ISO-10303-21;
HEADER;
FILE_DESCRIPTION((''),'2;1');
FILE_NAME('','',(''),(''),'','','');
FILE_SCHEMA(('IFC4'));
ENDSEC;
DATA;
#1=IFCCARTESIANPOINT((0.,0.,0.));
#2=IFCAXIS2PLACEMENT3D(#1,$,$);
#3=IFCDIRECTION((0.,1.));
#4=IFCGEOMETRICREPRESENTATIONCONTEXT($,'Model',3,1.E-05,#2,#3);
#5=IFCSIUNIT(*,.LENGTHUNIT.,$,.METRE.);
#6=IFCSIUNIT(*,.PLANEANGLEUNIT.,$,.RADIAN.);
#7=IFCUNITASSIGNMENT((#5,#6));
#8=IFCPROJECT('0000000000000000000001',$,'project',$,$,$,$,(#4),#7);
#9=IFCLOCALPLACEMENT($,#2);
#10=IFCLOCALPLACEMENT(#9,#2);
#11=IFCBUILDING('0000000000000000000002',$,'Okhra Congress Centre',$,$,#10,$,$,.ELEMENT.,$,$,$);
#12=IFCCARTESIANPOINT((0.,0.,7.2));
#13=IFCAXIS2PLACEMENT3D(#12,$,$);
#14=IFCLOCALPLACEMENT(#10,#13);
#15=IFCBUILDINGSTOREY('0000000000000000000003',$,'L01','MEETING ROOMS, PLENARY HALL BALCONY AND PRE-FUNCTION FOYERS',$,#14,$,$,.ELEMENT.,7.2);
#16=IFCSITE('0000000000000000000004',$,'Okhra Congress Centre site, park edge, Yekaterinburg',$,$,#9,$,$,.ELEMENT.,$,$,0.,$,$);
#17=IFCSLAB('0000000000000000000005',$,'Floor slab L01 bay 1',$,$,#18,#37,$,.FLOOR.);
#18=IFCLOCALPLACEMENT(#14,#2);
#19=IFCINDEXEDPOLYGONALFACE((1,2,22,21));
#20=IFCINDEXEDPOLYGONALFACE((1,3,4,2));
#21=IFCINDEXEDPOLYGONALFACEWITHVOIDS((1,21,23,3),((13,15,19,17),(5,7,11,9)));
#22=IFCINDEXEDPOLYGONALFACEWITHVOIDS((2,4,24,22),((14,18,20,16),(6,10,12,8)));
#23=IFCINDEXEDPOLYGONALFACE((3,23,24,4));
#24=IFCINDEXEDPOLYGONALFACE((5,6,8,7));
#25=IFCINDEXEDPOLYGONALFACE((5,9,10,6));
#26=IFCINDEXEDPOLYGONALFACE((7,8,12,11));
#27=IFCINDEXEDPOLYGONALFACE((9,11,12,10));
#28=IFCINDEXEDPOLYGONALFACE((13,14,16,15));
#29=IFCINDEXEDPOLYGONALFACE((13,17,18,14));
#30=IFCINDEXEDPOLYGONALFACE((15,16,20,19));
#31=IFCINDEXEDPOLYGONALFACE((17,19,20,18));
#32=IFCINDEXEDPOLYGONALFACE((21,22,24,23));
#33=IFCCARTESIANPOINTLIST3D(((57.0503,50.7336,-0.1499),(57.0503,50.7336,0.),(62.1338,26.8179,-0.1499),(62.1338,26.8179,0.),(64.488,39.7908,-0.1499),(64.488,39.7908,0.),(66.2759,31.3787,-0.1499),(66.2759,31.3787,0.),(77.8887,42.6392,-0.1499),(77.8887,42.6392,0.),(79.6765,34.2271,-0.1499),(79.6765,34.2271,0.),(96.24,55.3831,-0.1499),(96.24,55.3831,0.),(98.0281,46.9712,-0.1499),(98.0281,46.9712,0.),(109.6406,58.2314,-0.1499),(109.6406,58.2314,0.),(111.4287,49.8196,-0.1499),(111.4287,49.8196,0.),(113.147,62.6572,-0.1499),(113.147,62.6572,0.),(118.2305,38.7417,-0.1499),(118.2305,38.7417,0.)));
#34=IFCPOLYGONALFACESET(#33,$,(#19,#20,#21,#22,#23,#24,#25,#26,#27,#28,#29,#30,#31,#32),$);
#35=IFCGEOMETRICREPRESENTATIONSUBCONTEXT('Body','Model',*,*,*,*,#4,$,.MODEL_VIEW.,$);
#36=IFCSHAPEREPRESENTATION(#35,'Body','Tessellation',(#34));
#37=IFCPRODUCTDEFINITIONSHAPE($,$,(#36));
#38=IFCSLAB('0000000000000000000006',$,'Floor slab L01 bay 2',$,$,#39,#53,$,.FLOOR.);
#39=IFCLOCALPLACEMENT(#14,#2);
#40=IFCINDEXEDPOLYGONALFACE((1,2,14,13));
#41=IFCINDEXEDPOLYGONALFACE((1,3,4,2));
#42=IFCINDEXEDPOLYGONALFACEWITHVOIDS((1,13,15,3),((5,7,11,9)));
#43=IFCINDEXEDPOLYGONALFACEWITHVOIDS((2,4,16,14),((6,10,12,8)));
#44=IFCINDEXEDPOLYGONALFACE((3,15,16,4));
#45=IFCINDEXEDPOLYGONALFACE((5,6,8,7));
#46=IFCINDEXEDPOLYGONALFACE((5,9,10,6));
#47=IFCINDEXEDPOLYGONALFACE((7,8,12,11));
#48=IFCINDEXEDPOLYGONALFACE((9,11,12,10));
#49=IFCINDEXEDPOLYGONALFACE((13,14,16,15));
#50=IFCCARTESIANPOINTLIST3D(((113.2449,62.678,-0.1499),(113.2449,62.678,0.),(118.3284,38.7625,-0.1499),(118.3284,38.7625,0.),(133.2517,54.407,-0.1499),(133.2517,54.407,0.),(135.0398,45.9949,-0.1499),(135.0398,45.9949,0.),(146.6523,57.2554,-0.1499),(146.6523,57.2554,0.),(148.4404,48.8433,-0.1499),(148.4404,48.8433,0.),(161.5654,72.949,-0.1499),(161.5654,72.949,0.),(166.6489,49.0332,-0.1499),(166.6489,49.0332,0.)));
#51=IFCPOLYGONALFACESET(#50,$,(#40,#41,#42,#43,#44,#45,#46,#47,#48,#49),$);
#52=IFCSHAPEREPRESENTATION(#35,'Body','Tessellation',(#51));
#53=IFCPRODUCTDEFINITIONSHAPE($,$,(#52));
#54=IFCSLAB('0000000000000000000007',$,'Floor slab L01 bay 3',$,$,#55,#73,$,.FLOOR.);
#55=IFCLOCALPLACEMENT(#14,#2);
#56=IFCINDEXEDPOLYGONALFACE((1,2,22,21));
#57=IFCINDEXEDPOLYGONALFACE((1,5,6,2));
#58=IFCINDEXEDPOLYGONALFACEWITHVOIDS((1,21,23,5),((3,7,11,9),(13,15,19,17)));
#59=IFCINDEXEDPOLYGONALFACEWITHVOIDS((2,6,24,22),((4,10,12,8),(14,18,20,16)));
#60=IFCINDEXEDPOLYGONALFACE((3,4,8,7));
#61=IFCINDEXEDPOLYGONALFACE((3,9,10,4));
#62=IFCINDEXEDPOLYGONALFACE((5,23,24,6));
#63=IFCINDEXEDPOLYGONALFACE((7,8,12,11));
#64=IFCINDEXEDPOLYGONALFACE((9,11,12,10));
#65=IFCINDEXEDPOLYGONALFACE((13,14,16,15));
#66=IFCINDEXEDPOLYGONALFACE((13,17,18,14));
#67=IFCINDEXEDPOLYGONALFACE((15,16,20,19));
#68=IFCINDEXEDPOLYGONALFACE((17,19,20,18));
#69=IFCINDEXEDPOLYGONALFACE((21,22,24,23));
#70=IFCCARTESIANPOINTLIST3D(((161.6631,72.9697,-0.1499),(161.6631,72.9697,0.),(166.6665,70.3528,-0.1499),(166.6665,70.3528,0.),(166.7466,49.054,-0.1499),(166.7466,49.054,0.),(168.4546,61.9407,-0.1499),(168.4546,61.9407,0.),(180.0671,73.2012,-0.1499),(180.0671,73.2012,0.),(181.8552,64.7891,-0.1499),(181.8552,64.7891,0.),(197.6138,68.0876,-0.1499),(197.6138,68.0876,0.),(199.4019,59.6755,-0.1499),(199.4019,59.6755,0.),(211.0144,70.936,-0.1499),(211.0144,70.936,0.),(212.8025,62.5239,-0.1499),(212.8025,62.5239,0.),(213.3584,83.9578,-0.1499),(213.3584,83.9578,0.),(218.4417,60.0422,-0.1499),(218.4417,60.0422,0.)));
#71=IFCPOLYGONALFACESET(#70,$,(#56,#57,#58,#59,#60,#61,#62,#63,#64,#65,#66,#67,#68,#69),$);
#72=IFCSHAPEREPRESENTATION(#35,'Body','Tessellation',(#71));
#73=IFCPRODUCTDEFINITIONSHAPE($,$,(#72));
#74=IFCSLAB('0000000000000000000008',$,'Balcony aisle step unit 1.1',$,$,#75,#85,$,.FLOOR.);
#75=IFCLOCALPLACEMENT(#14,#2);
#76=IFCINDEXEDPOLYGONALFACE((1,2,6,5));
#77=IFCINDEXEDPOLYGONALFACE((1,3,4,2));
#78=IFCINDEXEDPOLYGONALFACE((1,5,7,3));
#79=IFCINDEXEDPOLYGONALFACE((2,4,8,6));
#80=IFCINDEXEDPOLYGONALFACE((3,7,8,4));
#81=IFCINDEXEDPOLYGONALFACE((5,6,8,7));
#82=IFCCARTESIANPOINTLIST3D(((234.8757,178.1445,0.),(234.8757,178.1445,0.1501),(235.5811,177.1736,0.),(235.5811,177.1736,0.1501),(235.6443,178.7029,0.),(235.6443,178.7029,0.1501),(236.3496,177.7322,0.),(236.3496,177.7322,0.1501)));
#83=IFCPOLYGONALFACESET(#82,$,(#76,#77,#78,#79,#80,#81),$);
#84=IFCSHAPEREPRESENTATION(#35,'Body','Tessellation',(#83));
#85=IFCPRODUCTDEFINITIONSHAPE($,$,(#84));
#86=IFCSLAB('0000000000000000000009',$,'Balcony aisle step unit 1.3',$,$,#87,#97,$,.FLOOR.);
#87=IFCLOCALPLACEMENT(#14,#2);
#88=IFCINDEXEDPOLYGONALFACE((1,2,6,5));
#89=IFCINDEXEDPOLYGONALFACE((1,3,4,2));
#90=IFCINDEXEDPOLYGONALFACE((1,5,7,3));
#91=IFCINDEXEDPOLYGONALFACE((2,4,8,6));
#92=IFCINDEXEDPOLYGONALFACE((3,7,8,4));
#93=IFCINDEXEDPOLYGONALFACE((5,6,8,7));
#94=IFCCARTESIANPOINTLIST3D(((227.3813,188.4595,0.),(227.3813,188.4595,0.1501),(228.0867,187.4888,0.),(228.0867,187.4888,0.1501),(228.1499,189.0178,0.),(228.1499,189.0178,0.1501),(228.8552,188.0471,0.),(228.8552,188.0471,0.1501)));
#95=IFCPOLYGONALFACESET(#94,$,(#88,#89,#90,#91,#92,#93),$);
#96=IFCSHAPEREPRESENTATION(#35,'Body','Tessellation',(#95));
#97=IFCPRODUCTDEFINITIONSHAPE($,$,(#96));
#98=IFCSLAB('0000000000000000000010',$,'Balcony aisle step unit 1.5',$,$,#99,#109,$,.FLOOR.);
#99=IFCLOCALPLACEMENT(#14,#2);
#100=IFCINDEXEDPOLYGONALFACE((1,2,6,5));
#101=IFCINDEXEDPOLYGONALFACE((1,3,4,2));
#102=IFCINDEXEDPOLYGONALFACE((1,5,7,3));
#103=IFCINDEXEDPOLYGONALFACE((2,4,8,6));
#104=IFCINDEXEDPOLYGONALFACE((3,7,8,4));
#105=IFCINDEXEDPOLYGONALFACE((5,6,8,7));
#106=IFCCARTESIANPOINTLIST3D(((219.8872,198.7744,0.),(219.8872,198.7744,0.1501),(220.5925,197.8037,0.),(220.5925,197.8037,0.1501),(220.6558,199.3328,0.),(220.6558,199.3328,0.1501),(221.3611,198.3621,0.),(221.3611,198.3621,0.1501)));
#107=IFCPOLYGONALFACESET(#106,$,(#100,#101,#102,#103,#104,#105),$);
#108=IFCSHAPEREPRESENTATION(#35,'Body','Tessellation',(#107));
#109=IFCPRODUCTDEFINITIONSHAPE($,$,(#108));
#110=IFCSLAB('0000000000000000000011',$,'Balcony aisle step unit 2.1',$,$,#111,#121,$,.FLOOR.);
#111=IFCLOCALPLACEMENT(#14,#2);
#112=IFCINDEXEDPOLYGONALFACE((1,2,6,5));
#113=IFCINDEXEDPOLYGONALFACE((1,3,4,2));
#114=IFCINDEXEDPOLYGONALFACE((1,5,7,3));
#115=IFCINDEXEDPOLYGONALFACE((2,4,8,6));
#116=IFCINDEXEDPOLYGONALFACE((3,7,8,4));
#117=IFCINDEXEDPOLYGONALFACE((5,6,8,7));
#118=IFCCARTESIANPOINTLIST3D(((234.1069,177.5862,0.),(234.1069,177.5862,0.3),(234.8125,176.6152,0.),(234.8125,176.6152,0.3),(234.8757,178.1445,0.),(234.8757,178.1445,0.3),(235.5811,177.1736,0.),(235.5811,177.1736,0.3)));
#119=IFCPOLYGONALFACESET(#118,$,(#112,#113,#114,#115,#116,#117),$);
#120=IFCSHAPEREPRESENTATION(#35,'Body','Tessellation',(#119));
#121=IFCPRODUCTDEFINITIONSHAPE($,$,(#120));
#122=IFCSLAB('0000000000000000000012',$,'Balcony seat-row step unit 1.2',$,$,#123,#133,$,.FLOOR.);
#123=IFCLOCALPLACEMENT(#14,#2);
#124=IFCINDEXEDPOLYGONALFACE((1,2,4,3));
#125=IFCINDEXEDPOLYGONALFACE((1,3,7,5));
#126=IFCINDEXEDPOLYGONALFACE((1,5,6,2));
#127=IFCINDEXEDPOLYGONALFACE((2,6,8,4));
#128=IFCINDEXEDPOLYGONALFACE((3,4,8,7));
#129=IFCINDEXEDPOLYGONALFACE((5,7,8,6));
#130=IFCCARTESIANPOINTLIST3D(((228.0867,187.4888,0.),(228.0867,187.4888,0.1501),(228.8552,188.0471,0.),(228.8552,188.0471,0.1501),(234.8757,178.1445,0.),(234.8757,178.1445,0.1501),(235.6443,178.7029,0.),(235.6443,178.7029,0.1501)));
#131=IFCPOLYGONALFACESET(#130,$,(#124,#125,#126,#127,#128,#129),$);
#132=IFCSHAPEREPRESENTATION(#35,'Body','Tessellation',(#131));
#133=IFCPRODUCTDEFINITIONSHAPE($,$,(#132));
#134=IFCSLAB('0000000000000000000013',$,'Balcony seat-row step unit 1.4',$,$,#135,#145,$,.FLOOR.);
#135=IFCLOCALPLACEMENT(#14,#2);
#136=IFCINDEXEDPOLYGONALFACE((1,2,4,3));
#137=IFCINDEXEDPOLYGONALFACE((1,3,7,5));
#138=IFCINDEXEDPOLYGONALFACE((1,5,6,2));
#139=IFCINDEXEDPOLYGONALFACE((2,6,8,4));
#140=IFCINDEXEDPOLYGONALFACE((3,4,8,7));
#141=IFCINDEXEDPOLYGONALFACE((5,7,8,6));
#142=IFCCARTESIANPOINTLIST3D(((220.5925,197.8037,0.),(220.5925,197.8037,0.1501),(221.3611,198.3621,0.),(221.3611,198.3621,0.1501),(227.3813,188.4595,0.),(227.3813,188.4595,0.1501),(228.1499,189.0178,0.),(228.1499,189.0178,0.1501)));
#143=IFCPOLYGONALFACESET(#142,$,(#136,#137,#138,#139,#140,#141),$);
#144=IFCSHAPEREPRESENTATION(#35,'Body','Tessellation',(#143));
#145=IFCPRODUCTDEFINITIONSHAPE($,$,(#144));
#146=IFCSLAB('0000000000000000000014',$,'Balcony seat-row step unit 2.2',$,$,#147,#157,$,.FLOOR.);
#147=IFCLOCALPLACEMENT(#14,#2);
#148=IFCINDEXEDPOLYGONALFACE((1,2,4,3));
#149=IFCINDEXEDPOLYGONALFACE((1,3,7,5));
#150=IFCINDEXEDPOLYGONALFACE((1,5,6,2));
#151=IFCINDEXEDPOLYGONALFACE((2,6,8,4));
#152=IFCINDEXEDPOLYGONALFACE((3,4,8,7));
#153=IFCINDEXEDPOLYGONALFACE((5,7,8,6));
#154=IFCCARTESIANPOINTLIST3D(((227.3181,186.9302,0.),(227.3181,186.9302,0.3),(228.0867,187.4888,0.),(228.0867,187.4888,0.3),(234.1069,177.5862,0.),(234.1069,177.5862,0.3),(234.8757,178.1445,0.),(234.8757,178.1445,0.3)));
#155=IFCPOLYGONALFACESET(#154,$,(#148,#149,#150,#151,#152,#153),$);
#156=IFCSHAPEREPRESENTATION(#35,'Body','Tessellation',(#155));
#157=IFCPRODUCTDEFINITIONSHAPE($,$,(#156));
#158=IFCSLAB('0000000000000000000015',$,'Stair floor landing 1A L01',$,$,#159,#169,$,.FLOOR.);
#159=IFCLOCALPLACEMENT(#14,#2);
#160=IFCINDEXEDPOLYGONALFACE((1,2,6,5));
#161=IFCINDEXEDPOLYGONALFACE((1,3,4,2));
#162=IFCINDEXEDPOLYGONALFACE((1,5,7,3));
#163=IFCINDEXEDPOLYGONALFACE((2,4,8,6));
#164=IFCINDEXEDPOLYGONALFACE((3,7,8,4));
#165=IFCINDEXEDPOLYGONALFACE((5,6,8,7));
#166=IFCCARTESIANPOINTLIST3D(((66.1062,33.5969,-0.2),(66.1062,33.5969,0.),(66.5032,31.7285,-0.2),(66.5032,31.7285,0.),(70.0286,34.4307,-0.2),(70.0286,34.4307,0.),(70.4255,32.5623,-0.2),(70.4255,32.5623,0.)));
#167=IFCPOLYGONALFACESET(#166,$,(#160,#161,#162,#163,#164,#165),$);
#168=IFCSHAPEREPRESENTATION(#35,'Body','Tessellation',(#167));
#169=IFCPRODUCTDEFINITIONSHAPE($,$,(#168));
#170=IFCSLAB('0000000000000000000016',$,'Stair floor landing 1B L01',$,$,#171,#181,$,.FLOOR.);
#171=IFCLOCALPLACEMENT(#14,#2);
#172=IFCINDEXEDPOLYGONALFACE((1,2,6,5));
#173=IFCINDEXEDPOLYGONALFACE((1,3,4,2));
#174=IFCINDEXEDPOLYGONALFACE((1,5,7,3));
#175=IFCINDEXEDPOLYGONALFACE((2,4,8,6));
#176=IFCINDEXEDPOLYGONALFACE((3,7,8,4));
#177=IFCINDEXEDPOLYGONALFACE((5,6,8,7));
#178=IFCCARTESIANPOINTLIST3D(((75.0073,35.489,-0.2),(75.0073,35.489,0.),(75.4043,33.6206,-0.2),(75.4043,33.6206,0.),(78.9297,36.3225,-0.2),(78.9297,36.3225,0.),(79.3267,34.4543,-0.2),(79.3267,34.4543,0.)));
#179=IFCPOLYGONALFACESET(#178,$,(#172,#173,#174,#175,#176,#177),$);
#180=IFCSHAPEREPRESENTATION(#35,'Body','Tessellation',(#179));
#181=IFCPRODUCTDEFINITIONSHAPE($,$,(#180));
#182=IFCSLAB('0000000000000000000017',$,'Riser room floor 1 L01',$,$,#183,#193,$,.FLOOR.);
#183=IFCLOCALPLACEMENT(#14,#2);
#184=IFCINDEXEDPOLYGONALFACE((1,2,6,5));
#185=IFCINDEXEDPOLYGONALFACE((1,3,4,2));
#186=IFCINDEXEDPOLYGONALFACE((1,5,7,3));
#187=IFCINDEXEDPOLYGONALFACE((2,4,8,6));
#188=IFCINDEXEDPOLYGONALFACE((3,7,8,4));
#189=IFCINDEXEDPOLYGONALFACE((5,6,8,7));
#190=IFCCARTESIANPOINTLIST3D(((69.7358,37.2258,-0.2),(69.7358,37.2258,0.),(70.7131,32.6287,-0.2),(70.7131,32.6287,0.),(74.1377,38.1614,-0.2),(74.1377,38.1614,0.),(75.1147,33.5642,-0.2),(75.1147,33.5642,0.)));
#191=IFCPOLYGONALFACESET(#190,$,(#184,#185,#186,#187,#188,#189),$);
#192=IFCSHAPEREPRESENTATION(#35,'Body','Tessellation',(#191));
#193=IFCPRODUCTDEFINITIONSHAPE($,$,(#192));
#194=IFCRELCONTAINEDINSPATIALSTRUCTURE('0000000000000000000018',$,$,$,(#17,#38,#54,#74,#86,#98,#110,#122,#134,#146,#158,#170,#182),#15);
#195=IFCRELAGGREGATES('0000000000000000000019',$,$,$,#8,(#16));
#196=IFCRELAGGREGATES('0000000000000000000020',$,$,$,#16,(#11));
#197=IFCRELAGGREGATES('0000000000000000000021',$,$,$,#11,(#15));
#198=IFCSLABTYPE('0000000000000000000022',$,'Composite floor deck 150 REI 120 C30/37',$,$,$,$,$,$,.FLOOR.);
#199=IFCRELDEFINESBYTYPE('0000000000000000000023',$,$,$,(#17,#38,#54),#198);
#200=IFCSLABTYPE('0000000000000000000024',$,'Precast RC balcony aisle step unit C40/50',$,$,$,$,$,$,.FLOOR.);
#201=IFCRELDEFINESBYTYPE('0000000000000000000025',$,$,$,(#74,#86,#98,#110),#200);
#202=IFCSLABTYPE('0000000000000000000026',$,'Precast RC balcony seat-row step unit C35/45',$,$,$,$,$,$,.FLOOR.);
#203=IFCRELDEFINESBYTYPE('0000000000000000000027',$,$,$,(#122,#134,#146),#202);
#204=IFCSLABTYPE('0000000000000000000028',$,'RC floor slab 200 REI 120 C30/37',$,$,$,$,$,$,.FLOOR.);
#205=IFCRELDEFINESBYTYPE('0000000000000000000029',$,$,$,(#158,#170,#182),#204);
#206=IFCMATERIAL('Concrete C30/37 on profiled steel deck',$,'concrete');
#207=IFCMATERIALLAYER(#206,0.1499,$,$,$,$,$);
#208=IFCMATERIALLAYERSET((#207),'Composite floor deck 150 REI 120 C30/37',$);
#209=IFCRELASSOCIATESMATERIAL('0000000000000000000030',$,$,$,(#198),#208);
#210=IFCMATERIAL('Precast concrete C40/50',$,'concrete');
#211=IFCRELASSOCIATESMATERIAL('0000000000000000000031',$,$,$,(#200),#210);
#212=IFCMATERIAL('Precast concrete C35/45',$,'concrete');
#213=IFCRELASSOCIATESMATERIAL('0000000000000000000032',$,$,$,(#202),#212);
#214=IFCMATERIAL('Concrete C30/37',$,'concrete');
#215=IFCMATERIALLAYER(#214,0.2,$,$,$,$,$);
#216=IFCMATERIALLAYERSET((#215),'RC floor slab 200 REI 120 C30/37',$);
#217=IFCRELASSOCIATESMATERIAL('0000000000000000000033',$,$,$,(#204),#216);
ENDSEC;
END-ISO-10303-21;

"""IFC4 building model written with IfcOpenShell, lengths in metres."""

from ifc_helpers import new_model, si_unit, direction, frame, origin, place, context, subcontext, project, spatial, polyline, outline, extrude, material, layer, layer_set, type_object, element, save


model = new_model("IFC4")

# Units and contexts
model_context = context("Model", 3, precision=1e-05, world=origin(), true_north=direction((0.0, 1.0)))
body_context = subcontext(model_context, "Body", "Model", "MODEL_VIEW")
ifc_project = project(units=[si_unit("LENGTHUNIT", "METRE"), si_unit("PLANEANGLEUNIT", "RADIAN")], contexts=[model_context])

# Site, building, storey
site_placement = place(None, origin())
site = spatial("IfcSite", under=ifc_project, at=site_placement, Name="Okhra Congress Centre site, park edge, Yekaterinburg", CompositionType="ELEMENT", RefElevation=0.0)
building_placement = place(site_placement, origin())
building = spatial("IfcBuilding", under=site, at=building_placement, Name="Okhra Congress Centre", CompositionType="ELEMENT")
storey_placement = place(building_placement, frame((0.0, 0.0, 7.2)))
storey = spatial("IfcBuildingStorey", under=building, at=storey_placement, Name="L01", Description="MEETING ROOMS, PLENARY HALL BALCONY AND PRE-FUNCTION FOYERS", CompositionType="ELEMENT", Elevation=7.2)

# Slabs
ifc_material_1 = material(Name="Concrete C30/37 on profiled steel deck", Category="concrete")
ifc_layer_1 = layer(ifc_material_1, 0.1499)
ifc_layer_set_1 = layer_set([ifc_layer_1], Name="Composite floor deck 150 REI 120 C30/37")
slab_type_1 = type_object("IfcSlabType", Name="Composite floor deck 150 REI 120 C30/37", PredefinedType="FLOOR", material=ifc_layer_set_1)
slab_1_placement = place(storey_placement, frame((0.0, 0.0, -0.1499)))
element("IfcSlab", 1, at=slab_1_placement, inside=storey, type_object=slab_type_1, Name="Floor slab L01 bay 1", PredefinedType="FLOOR", context=body_context, shape_type="SweptSolid", body=[
    extrude(outline(polyline([(62.1338, 26.8179), (118.2305, 38.7417), (113.147, 62.6572), (57.0503, 50.7336), (62.1338, 26.8179)]), holes=[polyline([(64.488, 39.7908), (66.2759, 31.3787), (79.6765, 34.2271), (77.8887, 42.6392), (64.488, 39.7908)]), polyline([(109.6406, 58.2314), (96.24, 55.3831), (98.0281, 46.9712), (111.4287, 49.8196), (109.6406, 58.2314)])]), origin(), (0.0, 0.0, 1.0), 0.1499),
])
slab_2_placement = place(storey_placement, frame((0.0, 0.0, -0.1499)))
element("IfcSlab", 2, at=slab_2_placement, inside=storey, type_object=slab_type_1, Name="Floor slab L01 bay 2", PredefinedType="FLOOR", context=body_context, shape_type="SweptSolid", body=[
    extrude(outline(polyline([(113.2449, 62.678), (118.3284, 38.7625), (166.6489, 49.0332), (161.5654, 72.949), (113.2449, 62.678)]), holes=[polyline([(148.4404, 48.8433), (146.6523, 57.2554), (133.2517, 54.407), (135.0398, 45.9949), (148.4404, 48.8433)])]), origin(), (0.0, 0.0, 1.0), 0.1499),
])
slab_3_placement = place(storey_placement, frame((0.0, 0.0, -0.1499)))
element("IfcSlab", 3, at=slab_3_placement, inside=storey, type_object=slab_type_1, Name="Floor slab L01 bay 3", PredefinedType="FLOOR", context=body_context, shape_type="SweptSolid", body=[
    extrude(outline(polyline([(161.6631, 72.9697), (166.7466, 49.054), (218.4417, 60.0422), (213.3584, 83.9578), (161.6631, 72.9697)]), holes=[polyline([(168.4546, 61.9407), (181.8552, 64.7891), (180.0671, 73.2012), (166.6665, 70.3528), (168.4546, 61.9407)]), polyline([(197.6138, 68.0876), (199.4019, 59.6755), (212.8025, 62.5239), (211.0144, 70.936), (197.6138, 68.0876)])]), origin(), (0.0, 0.0, 1.0), 0.1499),
])
ifc_material_2 = material(Name="Precast concrete C40/50", Category="concrete")
slab_type_2 = type_object("IfcSlabType", Name="Precast RC balcony aisle step unit C40/50", PredefinedType="FLOOR", material=ifc_material_2)
slab_4_placement = place(storey_placement, origin())
element("IfcSlab", 4, at=slab_4_placement, inside=storey, type_object=slab_type_2, Name="Balcony aisle step unit 1.1", PredefinedType="FLOOR", context=body_context, shape_type="SweptSolid", body=[
    extrude(outline(polyline([(235.5811, 177.1736), (236.3496, 177.7322), (235.6443, 178.7029), (234.8757, 178.1445), (235.5811, 177.1736)])), origin(), (0.0, 0.0, 1.0), 0.1501),
])
slab_5_placement = place(storey_placement, origin())
element("IfcSlab", 5, at=slab_5_placement, inside=storey, type_object=slab_type_2, Name="Balcony aisle step unit 1.3", PredefinedType="FLOOR", context=body_context, shape_type="SweptSolid", body=[
    extrude(outline(polyline([(228.0867, 187.4888), (228.8552, 188.0471), (228.1499, 189.0178), (227.3813, 188.4595), (228.0867, 187.4888)])), origin(), (0.0, 0.0, 1.0), 0.1501),
])
slab_6_placement = place(storey_placement, origin())
element("IfcSlab", 6, at=slab_6_placement, inside=storey, type_object=slab_type_2, Name="Balcony aisle step unit 1.5", PredefinedType="FLOOR", context=body_context, shape_type="SweptSolid", body=[
    extrude(outline(polyline([(220.5925, 197.8037), (221.3611, 198.3621), (220.6558, 199.3328), (219.8872, 198.7744), (220.5925, 197.8037)])), origin(), (0.0, 0.0, 1.0), 0.1501),
])
slab_7_placement = place(storey_placement, origin())
element("IfcSlab", 7, at=slab_7_placement, inside=storey, type_object=slab_type_2, Name="Balcony aisle step unit 2.1", PredefinedType="FLOOR", context=body_context, shape_type="SweptSolid", body=[
    extrude(outline(polyline([(234.8125, 176.6152), (235.5811, 177.1736), (234.8757, 178.1445), (234.1069, 177.5862), (234.8125, 176.6152)])), origin(), (0.0, 0.0, 1.0), 0.3),
])
ifc_material_3 = material(Name="Precast concrete C35/45", Category="concrete")
slab_type_3 = type_object("IfcSlabType", Name="Precast RC balcony seat-row step unit C35/45", PredefinedType="FLOOR", material=ifc_material_3)
slab_8_placement = place(storey_placement, origin())
element("IfcSlab", 8, at=slab_8_placement, inside=storey, type_object=slab_type_3, Name="Balcony seat-row step unit 1.2", PredefinedType="FLOOR", context=body_context, shape_type="SweptSolid", body=[
    extrude(outline(polyline([(234.8757, 178.1445), (235.6443, 178.7029), (228.8552, 188.0471), (228.0867, 187.4888), (234.8757, 178.1445)])), origin(), (0.0, 0.0, 1.0), 0.1501),
])
slab_9_placement = place(storey_placement, origin())
element("IfcSlab", 9, at=slab_9_placement, inside=storey, type_object=slab_type_3, Name="Balcony seat-row step unit 1.4", PredefinedType="FLOOR", context=body_context, shape_type="SweptSolid", body=[
    extrude(outline(polyline([(227.3813, 188.4595), (228.1499, 189.0178), (221.3611, 198.3621), (220.5925, 197.8037), (227.3813, 188.4595)])), origin(), (0.0, 0.0, 1.0), 0.1501),
])
slab_10_placement = place(storey_placement, origin())
element("IfcSlab", 10, at=slab_10_placement, inside=storey, type_object=slab_type_3, Name="Balcony seat-row step unit 2.2", PredefinedType="FLOOR", context=body_context, shape_type="SweptSolid", body=[
    extrude(outline(polyline([(234.1069, 177.5862), (234.8757, 178.1445), (228.0867, 187.4888), (227.3181, 186.9302), (234.1069, 177.5862)])), origin(), (0.0, 0.0, 1.0), 0.3),
])
ifc_material_4 = material(Name="Concrete C30/37", Category="concrete")
ifc_layer_2 = layer(ifc_material_4, 0.2)
ifc_layer_set_2 = layer_set([ifc_layer_2], Name="RC floor slab 200 REI 120 C30/37")
slab_type_4 = type_object("IfcSlabType", Name="RC floor slab 200 REI 120 C30/37", PredefinedType="FLOOR", material=ifc_layer_set_2)
slab_11_placement = place(storey_placement, frame((0.0, 0.0, -0.2)))
element("IfcSlab", 11, at=slab_11_placement, inside=storey, type_object=slab_type_4, Name="Stair floor landing 1A L01", PredefinedType="FLOOR", context=body_context, shape_type="SweptSolid", body=[
    extrude(outline(polyline([(70.4255, 32.5623), (66.5032, 31.7285), (66.1062, 33.5969), (70.0286, 34.4307), (70.4255, 32.5623)])), origin(), (0.0, 0.0, 1.0), 0.2),
])
slab_12_placement = place(storey_placement, frame((0.0, 0.0, -0.2)))
element("IfcSlab", 12, at=slab_12_placement, inside=storey, type_object=slab_type_4, Name="Stair floor landing 1B L01", PredefinedType="FLOOR", context=body_context, shape_type="SweptSolid", body=[
    extrude(outline(polyline([(79.3267, 34.4543), (75.4043, 33.6206), (75.0073, 35.489), (78.9297, 36.3225), (79.3267, 34.4543)])), origin(), (0.0, 0.0, 1.0), 0.2),
])
slab_13_placement = place(storey_placement, frame((0.0, 0.0, -0.2)))
element("IfcSlab", 13, at=slab_13_placement, inside=storey, type_object=slab_type_4, Name="Riser room floor 1 L01", PredefinedType="FLOOR", context=body_context, shape_type="SweptSolid", body=[
    extrude(outline(polyline([(70.7131, 32.6287), (75.1147, 33.5642), (74.1377, 38.1614), (69.7358, 37.2258), (70.7131, 32.6287)])), origin(), (0.0, 0.0, 1.0), 0.2),
])

save(model, "model.ifc")
